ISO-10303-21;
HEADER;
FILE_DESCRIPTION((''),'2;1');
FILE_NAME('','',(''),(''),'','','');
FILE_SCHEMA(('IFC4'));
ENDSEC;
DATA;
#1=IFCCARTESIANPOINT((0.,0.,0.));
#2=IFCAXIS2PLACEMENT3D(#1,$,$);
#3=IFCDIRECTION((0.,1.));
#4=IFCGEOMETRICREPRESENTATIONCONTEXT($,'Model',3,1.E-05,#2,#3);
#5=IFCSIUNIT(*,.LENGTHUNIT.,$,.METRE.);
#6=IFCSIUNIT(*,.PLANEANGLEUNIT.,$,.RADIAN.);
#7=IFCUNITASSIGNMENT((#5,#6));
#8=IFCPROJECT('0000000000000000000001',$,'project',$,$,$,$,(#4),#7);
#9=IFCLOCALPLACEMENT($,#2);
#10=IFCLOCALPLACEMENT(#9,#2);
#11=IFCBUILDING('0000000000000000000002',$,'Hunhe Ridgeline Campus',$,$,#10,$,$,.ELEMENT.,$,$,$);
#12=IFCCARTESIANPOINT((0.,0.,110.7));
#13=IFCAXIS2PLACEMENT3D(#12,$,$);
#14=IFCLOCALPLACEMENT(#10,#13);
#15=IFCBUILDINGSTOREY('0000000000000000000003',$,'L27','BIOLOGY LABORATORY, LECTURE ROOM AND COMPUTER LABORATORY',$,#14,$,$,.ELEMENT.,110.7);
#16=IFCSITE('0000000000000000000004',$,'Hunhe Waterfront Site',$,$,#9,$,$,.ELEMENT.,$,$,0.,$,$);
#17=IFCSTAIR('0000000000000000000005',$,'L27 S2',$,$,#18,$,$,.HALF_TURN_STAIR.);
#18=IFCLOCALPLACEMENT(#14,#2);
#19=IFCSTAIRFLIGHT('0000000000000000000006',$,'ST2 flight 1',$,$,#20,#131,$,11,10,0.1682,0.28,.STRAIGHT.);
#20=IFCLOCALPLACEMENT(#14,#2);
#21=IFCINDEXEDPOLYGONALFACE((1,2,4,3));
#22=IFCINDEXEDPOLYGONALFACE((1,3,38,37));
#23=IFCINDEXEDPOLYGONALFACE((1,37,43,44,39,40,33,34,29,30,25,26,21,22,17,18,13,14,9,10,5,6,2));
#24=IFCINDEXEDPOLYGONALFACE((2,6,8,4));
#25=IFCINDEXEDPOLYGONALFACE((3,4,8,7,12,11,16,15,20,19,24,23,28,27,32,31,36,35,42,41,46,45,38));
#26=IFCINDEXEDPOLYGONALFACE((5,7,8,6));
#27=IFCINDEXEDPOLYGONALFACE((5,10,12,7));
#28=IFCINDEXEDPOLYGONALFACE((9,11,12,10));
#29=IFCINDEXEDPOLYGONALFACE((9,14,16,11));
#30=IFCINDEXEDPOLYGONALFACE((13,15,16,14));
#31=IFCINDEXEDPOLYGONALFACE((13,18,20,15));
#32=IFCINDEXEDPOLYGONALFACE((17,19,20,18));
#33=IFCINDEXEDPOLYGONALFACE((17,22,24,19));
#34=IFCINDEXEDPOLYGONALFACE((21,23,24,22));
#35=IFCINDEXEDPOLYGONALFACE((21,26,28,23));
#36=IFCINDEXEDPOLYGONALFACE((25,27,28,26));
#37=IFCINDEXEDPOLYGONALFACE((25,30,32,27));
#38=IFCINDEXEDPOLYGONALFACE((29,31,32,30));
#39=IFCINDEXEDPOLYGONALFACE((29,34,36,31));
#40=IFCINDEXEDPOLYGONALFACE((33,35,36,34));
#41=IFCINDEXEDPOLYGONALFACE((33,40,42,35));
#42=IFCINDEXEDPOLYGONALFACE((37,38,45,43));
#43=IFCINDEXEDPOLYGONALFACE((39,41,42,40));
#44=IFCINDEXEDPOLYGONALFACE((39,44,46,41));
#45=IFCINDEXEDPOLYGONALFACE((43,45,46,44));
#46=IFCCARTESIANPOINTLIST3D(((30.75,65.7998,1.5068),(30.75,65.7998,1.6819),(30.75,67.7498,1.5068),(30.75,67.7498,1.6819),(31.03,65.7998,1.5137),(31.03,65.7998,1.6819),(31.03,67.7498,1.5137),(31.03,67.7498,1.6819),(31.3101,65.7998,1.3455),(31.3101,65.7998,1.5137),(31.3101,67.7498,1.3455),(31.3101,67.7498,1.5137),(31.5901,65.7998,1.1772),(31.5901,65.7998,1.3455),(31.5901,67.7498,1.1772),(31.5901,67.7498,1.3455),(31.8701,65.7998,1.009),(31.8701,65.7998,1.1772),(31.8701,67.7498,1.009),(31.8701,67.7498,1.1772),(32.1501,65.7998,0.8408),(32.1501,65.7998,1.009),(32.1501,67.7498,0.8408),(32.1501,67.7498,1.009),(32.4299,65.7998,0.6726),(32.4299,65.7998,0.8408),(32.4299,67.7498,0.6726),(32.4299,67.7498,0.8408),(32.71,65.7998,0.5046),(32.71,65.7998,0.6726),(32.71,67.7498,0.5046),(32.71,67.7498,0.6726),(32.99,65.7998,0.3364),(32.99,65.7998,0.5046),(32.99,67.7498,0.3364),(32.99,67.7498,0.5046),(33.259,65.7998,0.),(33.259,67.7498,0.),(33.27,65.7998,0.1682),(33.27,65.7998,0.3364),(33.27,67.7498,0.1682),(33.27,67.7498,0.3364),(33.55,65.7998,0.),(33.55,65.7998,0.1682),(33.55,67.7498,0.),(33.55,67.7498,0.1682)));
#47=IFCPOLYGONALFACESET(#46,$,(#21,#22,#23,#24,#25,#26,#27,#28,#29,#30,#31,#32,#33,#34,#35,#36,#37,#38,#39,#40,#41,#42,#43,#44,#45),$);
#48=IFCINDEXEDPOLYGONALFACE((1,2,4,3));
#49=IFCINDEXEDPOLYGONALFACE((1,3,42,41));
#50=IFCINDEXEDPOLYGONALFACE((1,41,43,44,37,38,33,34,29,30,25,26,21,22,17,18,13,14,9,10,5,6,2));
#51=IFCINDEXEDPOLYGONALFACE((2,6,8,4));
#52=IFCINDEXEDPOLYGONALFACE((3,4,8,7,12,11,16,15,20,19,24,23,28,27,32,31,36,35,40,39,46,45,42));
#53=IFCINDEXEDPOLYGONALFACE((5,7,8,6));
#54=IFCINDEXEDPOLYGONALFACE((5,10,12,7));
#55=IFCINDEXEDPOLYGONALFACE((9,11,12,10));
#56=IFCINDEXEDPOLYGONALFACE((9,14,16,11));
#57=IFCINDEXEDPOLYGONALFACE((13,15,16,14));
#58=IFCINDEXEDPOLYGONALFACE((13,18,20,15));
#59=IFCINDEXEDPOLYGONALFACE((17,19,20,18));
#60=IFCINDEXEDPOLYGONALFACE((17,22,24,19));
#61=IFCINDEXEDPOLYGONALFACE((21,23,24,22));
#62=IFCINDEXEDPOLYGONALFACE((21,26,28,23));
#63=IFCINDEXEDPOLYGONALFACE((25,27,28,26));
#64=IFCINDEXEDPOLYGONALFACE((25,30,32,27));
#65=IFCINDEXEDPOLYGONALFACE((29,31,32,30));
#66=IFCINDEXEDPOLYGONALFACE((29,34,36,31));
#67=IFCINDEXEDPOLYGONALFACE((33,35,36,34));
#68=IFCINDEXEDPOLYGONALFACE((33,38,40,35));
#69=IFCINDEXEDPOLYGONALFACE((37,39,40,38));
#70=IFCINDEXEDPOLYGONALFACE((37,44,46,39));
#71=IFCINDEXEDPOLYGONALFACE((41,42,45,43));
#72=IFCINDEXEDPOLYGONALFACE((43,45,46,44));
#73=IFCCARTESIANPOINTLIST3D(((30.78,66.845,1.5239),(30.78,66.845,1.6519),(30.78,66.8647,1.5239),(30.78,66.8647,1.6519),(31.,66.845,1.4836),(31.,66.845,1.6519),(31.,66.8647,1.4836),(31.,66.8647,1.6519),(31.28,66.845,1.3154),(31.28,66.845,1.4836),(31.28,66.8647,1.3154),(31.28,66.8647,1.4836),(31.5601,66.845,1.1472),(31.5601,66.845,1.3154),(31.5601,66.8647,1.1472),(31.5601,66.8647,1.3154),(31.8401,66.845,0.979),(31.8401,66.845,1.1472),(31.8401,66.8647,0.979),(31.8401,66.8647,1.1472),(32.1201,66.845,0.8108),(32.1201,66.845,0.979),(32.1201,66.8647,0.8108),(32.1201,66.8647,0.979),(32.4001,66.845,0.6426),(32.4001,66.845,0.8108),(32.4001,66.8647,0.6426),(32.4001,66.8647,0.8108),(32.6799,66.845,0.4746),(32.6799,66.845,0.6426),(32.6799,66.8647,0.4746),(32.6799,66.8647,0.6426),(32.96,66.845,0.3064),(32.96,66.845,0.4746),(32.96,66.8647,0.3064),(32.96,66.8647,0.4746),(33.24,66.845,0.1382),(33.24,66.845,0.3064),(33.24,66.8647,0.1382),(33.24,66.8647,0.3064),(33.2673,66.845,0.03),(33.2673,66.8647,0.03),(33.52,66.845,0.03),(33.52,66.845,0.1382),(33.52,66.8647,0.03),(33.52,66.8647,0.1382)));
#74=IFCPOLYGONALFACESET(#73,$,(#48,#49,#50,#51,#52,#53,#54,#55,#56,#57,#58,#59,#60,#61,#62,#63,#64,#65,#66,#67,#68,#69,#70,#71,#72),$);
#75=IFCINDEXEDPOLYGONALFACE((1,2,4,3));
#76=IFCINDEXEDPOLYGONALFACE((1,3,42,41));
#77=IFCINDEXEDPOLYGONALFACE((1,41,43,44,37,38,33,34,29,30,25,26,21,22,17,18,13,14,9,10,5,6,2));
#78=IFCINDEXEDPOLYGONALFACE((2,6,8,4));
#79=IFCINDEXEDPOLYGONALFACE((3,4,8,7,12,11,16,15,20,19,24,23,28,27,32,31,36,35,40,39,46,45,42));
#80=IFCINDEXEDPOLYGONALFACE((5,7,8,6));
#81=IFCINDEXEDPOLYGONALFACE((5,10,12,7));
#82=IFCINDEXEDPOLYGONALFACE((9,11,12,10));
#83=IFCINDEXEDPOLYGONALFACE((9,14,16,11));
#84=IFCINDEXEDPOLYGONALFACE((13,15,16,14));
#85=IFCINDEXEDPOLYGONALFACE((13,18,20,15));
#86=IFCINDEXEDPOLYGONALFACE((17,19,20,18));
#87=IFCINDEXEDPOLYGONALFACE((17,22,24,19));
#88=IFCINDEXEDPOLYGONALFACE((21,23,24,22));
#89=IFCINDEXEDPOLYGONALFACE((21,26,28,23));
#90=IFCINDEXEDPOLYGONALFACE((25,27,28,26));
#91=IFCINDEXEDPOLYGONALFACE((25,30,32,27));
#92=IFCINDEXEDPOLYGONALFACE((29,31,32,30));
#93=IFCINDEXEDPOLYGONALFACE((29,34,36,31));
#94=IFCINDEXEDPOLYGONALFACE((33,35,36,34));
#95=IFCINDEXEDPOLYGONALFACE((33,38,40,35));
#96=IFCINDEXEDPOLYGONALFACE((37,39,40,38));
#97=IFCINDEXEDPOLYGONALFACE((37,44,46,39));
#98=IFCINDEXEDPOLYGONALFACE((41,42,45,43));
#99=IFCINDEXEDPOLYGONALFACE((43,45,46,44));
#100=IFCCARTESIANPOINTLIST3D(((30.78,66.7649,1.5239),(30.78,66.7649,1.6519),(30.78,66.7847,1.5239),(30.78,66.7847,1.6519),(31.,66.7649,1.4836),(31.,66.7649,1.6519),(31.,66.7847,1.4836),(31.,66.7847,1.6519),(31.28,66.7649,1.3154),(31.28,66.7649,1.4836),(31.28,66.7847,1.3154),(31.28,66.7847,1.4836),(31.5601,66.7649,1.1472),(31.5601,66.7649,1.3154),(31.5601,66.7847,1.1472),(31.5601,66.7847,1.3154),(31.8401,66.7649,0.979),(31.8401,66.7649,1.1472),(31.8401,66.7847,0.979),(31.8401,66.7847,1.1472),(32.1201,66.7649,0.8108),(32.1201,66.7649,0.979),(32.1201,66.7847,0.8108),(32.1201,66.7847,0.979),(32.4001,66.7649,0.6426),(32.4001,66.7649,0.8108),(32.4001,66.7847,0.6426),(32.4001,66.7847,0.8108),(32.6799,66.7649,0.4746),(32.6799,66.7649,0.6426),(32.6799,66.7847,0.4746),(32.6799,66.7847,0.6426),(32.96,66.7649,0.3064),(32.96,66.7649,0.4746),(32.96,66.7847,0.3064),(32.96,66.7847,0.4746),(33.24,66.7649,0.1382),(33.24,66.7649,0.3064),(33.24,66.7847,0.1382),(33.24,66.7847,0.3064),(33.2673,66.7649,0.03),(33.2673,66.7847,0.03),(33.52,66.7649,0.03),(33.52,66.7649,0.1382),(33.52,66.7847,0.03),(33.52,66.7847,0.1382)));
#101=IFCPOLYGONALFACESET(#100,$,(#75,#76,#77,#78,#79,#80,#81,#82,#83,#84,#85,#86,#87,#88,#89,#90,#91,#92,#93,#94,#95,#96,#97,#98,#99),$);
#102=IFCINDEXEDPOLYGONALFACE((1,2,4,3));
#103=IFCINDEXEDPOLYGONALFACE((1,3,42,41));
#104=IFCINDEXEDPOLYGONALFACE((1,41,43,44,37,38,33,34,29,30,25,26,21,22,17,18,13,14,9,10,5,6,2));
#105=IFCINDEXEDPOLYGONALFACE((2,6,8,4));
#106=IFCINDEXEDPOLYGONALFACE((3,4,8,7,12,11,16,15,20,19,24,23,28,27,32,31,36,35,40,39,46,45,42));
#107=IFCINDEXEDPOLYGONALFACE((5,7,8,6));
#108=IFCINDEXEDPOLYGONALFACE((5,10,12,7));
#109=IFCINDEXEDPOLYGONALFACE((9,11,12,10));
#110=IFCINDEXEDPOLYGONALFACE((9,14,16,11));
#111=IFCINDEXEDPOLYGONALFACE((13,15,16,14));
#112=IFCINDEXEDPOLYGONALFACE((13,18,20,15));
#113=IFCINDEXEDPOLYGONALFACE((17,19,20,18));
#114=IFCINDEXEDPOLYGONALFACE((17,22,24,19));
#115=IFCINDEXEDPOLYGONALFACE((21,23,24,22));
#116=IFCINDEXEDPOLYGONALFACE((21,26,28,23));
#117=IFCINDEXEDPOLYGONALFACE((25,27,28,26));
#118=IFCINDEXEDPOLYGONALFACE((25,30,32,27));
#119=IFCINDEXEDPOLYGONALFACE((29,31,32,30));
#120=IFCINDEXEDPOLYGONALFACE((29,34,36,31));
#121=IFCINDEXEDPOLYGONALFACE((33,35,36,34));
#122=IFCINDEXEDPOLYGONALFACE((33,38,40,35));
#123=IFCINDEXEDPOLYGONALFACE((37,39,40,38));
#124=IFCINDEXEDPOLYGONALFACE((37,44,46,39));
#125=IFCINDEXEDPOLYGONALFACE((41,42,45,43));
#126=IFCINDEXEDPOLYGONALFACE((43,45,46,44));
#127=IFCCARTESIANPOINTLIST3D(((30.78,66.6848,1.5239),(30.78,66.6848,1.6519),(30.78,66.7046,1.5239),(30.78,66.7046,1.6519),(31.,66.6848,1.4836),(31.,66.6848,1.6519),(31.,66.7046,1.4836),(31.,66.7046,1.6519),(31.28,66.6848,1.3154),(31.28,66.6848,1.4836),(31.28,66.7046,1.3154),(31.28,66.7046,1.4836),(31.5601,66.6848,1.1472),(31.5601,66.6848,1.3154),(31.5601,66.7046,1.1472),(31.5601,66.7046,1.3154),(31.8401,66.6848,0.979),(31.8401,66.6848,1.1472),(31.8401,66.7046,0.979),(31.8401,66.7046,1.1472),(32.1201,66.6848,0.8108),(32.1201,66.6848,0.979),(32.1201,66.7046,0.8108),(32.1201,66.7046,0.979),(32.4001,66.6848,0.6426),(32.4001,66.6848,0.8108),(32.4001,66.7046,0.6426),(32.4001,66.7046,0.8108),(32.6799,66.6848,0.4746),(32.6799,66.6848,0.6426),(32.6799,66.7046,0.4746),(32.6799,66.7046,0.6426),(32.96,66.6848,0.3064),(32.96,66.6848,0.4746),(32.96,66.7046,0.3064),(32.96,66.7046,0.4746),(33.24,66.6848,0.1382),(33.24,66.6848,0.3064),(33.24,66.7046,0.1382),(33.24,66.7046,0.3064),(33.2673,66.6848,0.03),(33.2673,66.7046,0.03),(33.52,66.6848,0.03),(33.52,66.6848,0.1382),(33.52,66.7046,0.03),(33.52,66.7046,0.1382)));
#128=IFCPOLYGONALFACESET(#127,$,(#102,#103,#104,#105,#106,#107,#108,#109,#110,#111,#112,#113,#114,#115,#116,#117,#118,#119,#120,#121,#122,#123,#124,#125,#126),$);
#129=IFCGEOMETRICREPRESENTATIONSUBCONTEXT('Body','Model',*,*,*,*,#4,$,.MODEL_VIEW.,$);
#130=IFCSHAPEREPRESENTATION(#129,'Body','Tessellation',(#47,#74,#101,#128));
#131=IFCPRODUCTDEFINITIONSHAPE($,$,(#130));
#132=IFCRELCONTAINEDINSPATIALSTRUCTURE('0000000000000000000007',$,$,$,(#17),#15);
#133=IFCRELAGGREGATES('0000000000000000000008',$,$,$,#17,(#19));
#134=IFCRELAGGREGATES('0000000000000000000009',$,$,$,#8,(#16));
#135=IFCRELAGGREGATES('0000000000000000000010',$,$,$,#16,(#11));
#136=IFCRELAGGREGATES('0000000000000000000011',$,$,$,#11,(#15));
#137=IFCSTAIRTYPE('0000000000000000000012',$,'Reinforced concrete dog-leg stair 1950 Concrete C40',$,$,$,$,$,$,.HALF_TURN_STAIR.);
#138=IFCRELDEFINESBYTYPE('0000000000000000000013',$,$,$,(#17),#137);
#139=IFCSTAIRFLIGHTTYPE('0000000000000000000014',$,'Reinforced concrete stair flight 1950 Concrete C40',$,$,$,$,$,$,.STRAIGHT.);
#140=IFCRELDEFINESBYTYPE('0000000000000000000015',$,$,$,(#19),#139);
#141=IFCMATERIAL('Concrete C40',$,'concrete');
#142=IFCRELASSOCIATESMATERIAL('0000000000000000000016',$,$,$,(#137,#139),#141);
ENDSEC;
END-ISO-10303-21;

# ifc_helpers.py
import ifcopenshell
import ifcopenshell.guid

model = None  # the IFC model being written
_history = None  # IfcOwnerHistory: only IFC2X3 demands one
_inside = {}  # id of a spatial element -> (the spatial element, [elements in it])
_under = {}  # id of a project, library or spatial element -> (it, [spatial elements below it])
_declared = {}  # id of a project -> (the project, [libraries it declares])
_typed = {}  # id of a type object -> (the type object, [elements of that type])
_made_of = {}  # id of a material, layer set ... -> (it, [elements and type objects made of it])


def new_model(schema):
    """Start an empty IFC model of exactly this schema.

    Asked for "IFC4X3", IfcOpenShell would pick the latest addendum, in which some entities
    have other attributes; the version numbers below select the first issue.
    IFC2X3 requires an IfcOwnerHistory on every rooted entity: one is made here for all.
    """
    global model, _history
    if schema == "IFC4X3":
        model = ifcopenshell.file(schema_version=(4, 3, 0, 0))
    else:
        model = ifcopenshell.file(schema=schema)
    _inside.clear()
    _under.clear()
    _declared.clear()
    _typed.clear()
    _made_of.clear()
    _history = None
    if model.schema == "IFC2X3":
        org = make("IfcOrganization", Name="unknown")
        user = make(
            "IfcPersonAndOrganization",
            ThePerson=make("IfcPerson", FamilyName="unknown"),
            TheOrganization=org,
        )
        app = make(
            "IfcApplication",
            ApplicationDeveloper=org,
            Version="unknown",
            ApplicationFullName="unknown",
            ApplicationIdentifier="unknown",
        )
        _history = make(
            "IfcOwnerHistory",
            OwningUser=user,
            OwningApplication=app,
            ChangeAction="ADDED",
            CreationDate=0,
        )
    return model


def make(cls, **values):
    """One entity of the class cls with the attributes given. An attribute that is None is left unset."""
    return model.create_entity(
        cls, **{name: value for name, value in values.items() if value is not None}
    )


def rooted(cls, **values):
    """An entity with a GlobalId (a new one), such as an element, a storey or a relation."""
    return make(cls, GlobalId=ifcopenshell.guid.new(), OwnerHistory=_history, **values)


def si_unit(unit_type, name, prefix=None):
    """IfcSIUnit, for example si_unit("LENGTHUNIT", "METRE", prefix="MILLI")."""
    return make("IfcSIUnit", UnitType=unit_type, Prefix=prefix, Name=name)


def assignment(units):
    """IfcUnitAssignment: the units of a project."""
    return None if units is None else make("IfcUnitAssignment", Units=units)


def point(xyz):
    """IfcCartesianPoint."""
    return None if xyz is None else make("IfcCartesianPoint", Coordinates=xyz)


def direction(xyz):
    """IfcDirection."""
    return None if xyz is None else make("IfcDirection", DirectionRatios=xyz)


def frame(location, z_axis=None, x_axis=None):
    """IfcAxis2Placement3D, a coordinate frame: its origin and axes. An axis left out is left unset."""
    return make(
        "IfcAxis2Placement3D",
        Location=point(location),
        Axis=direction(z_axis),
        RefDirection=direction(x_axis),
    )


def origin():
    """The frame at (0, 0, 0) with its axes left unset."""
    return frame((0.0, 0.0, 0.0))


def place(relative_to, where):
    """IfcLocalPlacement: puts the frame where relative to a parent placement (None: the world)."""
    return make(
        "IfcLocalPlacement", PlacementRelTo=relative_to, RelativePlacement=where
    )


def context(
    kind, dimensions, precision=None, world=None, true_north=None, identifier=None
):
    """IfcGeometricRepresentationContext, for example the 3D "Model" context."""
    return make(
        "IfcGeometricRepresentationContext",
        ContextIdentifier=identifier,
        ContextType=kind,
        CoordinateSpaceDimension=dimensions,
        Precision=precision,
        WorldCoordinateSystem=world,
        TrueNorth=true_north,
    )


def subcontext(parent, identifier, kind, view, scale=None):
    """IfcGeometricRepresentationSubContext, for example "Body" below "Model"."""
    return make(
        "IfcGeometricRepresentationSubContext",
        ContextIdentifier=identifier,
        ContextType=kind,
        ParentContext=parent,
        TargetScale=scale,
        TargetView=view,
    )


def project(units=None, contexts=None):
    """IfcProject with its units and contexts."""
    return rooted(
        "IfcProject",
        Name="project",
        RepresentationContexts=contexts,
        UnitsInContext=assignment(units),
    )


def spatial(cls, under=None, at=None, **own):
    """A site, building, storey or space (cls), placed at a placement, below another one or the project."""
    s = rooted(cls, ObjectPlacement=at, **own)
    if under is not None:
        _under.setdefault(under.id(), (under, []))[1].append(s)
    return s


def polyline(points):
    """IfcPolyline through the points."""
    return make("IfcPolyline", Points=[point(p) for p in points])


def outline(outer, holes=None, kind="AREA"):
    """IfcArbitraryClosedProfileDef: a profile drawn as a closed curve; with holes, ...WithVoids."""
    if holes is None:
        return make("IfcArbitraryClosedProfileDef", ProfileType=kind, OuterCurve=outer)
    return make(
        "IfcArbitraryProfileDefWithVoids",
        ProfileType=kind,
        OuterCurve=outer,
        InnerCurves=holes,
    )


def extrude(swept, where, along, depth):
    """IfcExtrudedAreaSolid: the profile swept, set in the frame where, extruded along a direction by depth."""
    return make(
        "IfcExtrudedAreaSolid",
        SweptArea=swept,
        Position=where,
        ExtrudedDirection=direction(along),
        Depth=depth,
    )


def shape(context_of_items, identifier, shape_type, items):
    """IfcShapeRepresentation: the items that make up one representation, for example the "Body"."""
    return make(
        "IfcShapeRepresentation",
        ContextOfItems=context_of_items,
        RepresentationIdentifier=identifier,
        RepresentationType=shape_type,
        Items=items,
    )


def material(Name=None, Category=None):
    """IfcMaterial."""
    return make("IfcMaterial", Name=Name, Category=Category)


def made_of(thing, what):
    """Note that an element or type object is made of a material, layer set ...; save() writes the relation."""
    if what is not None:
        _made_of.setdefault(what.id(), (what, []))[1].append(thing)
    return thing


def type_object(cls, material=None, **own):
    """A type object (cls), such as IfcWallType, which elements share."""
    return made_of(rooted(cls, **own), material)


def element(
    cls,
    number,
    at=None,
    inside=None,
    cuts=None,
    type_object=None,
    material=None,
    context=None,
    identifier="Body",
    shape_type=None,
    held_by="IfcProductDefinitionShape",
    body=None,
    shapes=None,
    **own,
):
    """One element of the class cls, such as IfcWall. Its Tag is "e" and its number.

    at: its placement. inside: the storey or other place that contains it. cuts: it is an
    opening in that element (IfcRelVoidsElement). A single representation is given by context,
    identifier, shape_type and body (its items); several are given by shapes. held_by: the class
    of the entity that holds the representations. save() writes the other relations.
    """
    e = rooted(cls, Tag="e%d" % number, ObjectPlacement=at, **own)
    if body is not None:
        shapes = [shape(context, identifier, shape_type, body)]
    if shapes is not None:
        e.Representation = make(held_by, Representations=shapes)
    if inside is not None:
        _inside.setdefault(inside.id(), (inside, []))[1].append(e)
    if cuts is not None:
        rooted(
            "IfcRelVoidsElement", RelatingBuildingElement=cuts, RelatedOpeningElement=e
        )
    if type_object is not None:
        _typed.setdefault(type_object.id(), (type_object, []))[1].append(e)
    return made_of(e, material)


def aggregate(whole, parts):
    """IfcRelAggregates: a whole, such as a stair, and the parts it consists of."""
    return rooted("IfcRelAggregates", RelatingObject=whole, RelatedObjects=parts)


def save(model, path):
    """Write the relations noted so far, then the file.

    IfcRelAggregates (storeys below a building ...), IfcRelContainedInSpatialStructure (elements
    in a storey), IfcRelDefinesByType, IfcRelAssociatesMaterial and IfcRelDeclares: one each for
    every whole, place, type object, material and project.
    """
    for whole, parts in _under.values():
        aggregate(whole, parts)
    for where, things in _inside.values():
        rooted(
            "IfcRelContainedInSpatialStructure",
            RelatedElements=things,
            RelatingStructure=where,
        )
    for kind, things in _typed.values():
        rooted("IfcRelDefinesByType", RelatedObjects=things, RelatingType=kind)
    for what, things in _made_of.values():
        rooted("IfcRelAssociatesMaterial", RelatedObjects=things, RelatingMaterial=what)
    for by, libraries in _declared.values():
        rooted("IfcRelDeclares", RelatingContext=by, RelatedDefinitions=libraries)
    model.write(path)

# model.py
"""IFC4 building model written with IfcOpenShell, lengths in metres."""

from ifc_helpers import new_model, si_unit, direction, frame, origin, place, context, subcontext, project, spatial, polyline, outline, extrude, material, type_object, element, aggregate, save


model = new_model("IFC4")

# Units and contexts
model_context = context("Model", 3, precision=1e-05, world=origin(), true_north=direction((0.0, 1.0)))
body_context = subcontext(model_context, "Body", "Model", "MODEL_VIEW")
ifc_project = project(units=[si_unit("LENGTHUNIT", "METRE"), si_unit("PLANEANGLEUNIT", "RADIAN")], contexts=[model_context])

# Site, building, storey
site_placement = place(None, origin())
site = spatial("IfcSite", under=ifc_project, at=site_placement, Name="Hunhe Waterfront Site", CompositionType="ELEMENT", RefElevation=0.0)
building_placement = place(site_placement, origin())
building = spatial("IfcBuilding", under=site, at=building_placement, Name="Hunhe Ridgeline Campus", CompositionType="ELEMENT")
storey_placement = place(building_placement, frame((0.0, 0.0, 110.7)))
storey = spatial("IfcBuildingStorey", under=building, at=storey_placement, Name="L27", Description="BIOLOGY LABORATORY, LECTURE ROOM AND COMPUTER LABORATORY", CompositionType="ELEMENT", Elevation=110.7)

# Stair, stair flight
ifc_material_1 = material(Name="Concrete C40", Category="concrete")
stair_type = type_object("IfcStairType", Name="Reinforced concrete dog-leg stair 1950 Concrete C40", PredefinedType="HALF_TURN_STAIR", material=ifc_material_1)
stair_placement = place(storey_placement, origin())
stair = element("IfcStair", 1, at=stair_placement, inside=storey, type_object=stair_type, Name="L27 S2", PredefinedType="HALF_TURN_STAIR")
stair_flight_type = type_object("IfcStairFlightType", Name="Reinforced concrete stair flight 1950 Concrete C40", PredefinedType="STRAIGHT", material=ifc_material_1)
stair_flight_1_placement = place(storey_placement, frame((33.55, 66.7749, 0.0), z_axis=(0.0, 0.0, 1.0), x_axis=(-1.0, 0.0, 0.0)))
stair_flight_1 = element("IfcStairFlight", 2, at=stair_flight_1_placement, type_object=stair_flight_type, Name="ST2 flight 1", NumberOfRisers=11, NumberOfTreads=10, PredefinedType="STRAIGHT", RiserHeight=0.1682, TreadLength=0.28, context=body_context, shape_type="SweptSolid", body=[
    extrude(outline(polyline([(0.0, 0.0), (0.0, 0.1682), (0.28, 0.1682), (0.28, 0.3364), (0.5601, 0.3364), (0.5601, 0.5046), (0.8401, 0.5046), (0.8401, 0.6726), (1.1201, 0.6726), (1.1201, 0.8408), (1.3999, 0.8408), (1.3999, 1.009), (1.6799, 1.009), (1.6799, 1.1772), (1.96, 1.1772), (1.96, 1.3455), (2.24, 1.3455), (2.24, 1.5137), (2.52, 1.5137), (2.52, 1.6819), (2.8, 1.6819), (2.8, 1.8501), (2.8, 1.5068), (0.291, 0.0), (0.0, 0.0)])), frame((0.0, 0.9751, 0.0), z_axis=(0.0, -1.0, 0.0), x_axis=(1.0, 0.0, 0.0)), (0.0, 0.0, 1.0), 1.95),
    extrude(outline(polyline([(0.03, 0.03), (0.03, 0.1382), (0.3101, 0.1382), (0.3101, 0.3064), (0.5901, 0.3064), (0.5901, 0.4746), (0.8701, 0.4746), (0.8701, 0.6426), (1.1499, 0.6426), (1.1499, 0.8108), (1.4299, 0.8108), (1.4299, 0.979), (1.71, 0.979), (1.71, 1.1472), (1.99, 1.1472), (1.99, 1.3154), (2.27, 1.3154), (2.27, 1.4836), (2.55, 1.4836), (2.55, 1.6519), (2.77, 1.6519), (2.77, 1.5239), (0.2827, 0.03), (0.03, 0.03)])), frame((0.0, -0.0701, 0.0), z_axis=(0.0, -1.0, 0.0), x_axis=(1.0, 0.0, 0.0)), (0.0, 0.0, 1.0), 0.0198),
    extrude(outline(polyline([(0.03, 0.03), (0.03, 0.1382), (0.3101, 0.1382), (0.3101, 0.3064), (0.5901, 0.3064), (0.5901, 0.4746), (0.8701, 0.4746), (0.8701, 0.6426), (1.1499, 0.6426), (1.1499, 0.8108), (1.4299, 0.8108), (1.4299, 0.979), (1.71, 0.979), (1.71, 1.1472), (1.99, 1.1472), (1.99, 1.3154), (2.27, 1.3154), (2.27, 1.4836), (2.55, 1.4836), (2.55, 1.6519), (2.77, 1.6519), (2.77, 1.5239), (0.2827, 0.03), (0.03, 0.03)])), frame((0.0, 0.01, 0.0), z_axis=(0.0, -1.0, 0.0), x_axis=(1.0, 0.0, 0.0)), (0.0, 0.0, 1.0), 0.0198),
    extrude(outline(polyline([(0.03, 0.03), (0.03, 0.1382), (0.3101, 0.1382), (0.3101, 0.3064), (0.5901, 0.3064), (0.5901, 0.4746), (0.8701, 0.4746), (0.8701, 0.6426), (1.1499, 0.6426), (1.1499, 0.8108), (1.4299, 0.8108), (1.4299, 0.979), (1.71, 0.979), (1.71, 1.1472), (1.99, 1.1472), (1.99, 1.3154), (2.27, 1.3154), (2.27, 1.4836), (2.55, 1.4836), (2.55, 1.6519), (2.77, 1.6519), (2.77, 1.5239), (0.2827, 0.03), (0.03, 0.03)])), frame((0.0, 0.0901, 0.0), z_axis=(0.0, -1.0, 0.0), x_axis=(1.0, 0.0, 0.0)), (0.0, 0.0, 1.0), 0.0198),
])
aggregate(stair, [stair_flight_1])

save(model, "model.ifc")
